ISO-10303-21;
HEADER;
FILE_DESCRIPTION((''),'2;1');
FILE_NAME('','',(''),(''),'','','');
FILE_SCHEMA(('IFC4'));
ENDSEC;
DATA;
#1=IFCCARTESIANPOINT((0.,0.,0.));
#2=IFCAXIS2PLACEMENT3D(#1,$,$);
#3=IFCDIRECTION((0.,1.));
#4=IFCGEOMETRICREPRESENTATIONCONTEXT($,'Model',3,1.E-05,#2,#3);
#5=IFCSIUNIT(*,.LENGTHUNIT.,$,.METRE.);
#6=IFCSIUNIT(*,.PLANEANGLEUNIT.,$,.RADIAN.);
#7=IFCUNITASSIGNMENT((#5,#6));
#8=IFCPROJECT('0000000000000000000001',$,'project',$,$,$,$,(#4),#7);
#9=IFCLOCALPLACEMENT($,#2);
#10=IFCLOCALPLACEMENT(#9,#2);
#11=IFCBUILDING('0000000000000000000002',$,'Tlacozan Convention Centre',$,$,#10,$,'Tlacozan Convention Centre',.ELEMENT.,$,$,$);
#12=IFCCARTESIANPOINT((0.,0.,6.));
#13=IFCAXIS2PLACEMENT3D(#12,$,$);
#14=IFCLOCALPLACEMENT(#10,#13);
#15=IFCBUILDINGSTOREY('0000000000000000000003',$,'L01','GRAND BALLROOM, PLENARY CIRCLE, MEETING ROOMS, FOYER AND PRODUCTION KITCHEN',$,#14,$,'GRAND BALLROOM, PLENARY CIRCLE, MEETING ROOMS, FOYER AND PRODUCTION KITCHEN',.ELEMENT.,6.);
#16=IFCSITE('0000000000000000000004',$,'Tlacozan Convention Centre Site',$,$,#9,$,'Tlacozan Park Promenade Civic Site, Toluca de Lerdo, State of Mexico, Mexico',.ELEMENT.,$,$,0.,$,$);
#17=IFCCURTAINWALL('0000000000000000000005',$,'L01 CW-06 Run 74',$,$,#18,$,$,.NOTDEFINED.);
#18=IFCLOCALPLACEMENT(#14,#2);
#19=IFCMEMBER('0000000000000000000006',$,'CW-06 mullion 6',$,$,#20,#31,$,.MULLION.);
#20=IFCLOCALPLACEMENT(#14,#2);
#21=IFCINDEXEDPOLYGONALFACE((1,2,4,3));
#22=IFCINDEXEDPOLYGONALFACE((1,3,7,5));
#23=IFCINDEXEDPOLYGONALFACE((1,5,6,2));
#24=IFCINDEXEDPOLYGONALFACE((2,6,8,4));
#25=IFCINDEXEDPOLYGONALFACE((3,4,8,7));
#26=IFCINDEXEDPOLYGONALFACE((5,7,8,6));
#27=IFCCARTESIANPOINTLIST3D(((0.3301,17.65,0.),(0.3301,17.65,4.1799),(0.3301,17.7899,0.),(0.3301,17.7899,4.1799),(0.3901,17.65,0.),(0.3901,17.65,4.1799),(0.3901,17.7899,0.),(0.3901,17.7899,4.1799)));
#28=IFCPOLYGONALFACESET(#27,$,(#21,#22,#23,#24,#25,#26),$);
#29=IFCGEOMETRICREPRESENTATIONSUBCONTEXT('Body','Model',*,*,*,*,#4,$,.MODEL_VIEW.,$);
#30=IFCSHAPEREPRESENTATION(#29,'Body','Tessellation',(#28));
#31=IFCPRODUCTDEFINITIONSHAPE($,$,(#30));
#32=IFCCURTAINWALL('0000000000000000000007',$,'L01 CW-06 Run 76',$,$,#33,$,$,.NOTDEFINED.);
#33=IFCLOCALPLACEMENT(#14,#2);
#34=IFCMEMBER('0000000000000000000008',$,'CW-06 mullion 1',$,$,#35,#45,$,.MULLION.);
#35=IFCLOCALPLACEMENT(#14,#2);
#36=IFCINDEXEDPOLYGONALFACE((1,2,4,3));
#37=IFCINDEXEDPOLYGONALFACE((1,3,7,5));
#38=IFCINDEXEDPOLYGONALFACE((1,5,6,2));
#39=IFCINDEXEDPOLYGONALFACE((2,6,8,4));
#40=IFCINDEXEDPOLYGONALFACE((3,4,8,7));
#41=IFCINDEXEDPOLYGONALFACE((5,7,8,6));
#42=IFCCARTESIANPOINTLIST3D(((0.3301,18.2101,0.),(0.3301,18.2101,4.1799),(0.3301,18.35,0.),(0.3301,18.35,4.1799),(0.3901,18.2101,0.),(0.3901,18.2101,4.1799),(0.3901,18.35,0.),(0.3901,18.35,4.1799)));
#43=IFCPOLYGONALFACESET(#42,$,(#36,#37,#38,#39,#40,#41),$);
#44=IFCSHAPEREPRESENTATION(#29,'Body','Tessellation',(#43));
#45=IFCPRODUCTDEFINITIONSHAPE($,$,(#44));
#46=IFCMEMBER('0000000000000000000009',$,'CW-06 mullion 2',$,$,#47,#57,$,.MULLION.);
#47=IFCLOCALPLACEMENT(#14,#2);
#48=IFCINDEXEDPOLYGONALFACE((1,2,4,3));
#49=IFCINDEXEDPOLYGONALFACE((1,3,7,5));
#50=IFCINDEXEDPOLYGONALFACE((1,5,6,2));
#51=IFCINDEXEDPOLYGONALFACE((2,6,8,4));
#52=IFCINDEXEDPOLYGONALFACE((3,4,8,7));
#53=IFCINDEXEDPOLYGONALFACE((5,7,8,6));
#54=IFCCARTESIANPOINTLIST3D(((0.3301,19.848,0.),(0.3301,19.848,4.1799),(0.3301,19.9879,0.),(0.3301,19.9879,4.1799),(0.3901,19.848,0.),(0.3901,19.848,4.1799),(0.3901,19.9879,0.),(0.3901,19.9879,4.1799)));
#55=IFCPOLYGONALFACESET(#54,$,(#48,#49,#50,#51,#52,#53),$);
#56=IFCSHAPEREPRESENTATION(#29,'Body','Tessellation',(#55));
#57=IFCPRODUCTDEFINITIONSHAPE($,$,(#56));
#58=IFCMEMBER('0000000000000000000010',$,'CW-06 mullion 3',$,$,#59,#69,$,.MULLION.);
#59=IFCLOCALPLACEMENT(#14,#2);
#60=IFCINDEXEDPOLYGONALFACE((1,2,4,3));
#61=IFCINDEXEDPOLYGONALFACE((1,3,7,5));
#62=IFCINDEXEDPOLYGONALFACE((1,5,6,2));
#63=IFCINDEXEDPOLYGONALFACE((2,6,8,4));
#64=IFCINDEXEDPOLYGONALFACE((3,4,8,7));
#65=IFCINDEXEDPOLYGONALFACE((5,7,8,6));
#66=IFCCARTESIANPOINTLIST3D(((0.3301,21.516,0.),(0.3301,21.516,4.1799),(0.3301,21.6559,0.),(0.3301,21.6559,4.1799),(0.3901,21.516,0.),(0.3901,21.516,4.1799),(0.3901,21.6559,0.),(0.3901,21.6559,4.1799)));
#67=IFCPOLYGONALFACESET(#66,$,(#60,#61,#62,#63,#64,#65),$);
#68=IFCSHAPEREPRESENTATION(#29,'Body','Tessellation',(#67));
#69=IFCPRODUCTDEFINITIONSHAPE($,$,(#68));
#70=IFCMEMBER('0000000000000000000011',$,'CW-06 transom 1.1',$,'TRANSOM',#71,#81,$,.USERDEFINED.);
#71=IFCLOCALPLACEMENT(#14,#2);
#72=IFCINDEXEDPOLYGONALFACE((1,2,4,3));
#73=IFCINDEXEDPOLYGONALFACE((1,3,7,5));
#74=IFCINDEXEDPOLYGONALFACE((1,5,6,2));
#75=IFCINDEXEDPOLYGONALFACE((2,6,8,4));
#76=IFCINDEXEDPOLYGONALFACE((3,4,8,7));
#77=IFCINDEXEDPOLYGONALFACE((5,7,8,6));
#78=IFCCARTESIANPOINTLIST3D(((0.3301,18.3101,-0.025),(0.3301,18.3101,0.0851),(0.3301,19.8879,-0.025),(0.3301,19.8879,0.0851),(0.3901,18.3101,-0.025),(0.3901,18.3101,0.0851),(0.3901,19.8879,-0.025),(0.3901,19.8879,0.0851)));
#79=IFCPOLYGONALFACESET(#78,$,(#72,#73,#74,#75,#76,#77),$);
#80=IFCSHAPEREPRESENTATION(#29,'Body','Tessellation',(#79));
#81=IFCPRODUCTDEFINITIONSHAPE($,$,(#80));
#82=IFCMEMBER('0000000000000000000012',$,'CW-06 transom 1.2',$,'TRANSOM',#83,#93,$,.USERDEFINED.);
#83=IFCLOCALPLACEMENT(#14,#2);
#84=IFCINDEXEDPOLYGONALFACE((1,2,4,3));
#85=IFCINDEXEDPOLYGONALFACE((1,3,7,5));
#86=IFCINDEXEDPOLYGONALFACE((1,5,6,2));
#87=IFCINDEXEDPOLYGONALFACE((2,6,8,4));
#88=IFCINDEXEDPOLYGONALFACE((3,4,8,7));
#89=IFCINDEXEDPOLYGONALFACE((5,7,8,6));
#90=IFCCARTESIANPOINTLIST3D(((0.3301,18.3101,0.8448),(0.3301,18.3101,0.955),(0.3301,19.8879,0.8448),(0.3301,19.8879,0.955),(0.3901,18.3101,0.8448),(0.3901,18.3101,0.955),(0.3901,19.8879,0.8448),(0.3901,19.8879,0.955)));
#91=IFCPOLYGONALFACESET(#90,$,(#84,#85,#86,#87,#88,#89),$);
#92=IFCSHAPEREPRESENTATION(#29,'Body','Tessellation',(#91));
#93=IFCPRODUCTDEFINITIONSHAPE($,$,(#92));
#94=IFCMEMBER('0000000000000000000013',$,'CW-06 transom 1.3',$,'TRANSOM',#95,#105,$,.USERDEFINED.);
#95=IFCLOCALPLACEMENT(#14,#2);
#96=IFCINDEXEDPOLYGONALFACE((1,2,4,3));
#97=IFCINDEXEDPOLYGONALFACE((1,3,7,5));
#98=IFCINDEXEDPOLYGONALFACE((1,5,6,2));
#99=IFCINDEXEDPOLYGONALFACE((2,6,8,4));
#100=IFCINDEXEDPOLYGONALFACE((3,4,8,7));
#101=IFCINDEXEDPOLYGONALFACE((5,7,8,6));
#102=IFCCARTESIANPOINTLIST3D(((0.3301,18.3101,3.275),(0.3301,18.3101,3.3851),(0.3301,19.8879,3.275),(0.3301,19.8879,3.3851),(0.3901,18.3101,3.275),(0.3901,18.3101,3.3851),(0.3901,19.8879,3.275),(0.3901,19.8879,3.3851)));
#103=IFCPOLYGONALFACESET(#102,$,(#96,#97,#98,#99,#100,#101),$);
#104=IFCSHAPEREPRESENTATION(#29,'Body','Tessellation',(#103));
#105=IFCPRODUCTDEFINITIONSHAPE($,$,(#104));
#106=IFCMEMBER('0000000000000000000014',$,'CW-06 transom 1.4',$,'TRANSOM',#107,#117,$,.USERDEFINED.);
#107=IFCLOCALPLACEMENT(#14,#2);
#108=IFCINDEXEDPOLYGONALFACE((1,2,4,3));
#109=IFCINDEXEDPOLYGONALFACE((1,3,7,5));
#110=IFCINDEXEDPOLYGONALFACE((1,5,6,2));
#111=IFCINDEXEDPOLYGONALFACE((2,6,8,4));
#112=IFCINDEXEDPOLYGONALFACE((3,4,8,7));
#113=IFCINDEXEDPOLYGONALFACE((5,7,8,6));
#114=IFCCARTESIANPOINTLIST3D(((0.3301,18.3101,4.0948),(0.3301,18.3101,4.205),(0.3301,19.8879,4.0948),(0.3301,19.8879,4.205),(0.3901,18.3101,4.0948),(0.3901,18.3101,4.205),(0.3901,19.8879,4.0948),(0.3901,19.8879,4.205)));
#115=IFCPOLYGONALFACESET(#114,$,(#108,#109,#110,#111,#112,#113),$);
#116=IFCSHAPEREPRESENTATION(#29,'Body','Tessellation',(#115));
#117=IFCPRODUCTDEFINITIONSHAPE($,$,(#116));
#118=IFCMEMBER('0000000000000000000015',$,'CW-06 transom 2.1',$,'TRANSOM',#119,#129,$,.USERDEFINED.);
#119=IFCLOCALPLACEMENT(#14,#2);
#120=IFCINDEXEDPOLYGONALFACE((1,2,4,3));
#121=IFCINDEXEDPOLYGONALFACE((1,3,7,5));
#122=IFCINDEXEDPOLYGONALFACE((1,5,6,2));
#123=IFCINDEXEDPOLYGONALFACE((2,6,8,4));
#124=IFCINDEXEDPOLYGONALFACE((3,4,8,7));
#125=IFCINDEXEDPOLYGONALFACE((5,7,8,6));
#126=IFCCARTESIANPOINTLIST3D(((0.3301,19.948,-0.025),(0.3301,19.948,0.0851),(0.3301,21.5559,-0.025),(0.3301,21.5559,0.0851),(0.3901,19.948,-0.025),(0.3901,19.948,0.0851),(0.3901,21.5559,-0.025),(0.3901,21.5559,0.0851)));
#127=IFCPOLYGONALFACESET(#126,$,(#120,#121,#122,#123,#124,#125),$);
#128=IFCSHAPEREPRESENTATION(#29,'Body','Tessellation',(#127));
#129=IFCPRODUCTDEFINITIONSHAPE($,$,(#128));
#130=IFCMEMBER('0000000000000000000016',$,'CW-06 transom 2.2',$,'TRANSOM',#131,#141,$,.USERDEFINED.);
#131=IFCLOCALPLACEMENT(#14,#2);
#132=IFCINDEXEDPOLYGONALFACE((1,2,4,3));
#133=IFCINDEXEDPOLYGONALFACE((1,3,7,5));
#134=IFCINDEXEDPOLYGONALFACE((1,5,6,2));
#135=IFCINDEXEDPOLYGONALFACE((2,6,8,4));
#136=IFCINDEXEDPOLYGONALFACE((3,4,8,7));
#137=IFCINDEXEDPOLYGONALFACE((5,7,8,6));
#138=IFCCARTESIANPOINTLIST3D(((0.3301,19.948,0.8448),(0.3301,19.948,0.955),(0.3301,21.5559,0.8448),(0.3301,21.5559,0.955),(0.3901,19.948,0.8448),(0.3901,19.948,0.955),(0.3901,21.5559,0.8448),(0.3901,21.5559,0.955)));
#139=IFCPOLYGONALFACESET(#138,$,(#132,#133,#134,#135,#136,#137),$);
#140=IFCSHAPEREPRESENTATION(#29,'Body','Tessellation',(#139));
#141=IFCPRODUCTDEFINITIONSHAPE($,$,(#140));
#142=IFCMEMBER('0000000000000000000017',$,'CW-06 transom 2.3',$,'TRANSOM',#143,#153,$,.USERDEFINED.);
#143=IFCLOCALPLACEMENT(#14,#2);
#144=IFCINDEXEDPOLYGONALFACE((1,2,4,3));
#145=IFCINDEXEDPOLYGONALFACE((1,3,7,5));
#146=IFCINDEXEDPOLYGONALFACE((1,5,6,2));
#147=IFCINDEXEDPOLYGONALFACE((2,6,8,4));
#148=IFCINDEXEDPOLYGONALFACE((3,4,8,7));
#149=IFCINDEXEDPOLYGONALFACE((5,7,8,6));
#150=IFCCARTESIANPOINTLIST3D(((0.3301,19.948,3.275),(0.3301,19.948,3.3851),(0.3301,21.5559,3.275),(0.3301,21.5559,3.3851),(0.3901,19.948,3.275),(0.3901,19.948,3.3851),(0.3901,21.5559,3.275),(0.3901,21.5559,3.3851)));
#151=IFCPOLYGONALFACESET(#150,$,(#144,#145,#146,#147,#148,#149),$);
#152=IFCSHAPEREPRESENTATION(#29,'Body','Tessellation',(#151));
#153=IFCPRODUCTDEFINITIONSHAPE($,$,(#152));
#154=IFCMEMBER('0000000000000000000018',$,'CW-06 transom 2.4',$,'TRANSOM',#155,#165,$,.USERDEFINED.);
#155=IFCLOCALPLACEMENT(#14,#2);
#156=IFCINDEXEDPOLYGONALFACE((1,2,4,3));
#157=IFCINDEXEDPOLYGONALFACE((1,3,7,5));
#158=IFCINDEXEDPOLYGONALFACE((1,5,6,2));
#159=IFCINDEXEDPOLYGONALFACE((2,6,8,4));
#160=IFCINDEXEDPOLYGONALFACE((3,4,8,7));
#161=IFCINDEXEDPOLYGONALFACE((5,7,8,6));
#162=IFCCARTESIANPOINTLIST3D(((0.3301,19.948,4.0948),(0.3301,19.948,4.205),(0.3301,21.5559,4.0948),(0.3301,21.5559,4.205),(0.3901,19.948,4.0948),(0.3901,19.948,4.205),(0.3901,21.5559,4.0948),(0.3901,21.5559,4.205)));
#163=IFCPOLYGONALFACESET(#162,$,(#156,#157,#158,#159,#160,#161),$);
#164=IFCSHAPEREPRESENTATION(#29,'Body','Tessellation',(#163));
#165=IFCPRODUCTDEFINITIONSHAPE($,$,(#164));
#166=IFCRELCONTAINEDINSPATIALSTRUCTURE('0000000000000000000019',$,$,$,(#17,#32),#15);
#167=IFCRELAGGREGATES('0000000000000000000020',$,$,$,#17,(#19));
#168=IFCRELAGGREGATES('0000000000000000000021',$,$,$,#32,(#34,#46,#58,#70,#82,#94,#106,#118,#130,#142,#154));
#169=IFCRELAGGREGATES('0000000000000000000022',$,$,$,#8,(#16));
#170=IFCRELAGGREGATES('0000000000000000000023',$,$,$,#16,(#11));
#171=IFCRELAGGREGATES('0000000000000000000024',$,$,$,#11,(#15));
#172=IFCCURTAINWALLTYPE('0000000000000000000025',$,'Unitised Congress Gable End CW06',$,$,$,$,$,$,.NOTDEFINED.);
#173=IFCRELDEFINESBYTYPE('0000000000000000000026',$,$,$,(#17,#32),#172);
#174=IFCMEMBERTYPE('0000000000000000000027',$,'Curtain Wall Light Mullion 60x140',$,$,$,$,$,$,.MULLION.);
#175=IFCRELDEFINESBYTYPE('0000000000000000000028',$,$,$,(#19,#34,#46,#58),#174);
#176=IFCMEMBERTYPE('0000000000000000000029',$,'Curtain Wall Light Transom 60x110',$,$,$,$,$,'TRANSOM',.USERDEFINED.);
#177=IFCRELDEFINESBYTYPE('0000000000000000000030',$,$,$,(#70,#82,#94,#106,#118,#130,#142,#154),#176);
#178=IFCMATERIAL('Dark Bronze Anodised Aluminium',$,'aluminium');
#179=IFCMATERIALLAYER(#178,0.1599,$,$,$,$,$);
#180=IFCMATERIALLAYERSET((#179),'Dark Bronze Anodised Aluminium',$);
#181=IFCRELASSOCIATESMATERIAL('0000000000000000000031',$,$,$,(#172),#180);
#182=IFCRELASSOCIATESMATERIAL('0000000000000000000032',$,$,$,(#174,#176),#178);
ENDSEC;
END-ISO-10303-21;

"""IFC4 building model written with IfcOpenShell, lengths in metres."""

from ifc_helpers import new_model, si_unit, direction, frame, origin, origin_2d, place, context, subcontext, project, spatial, rectangle, extrude, material, layer, layer_set, material_profile, profile_set, type_object, element, aggregate, save


model = new_model("IFC4")

# Units and contexts
model_context = context("Model", 3, precision=1e-05, world=origin(), true_north=direction((0.0, 1.0)))
body_context = subcontext(model_context, "Body", "Model", "MODEL_VIEW")
ifc_project = project(units=[si_unit("LENGTHUNIT", "METRE"), si_unit("PLANEANGLEUNIT", "RADIAN")], contexts=[model_context])

# Site, building, storey
site_placement = place(None, origin())
site = spatial("IfcSite", under=ifc_project, at=site_placement, Name="Tlacozan Convention Centre Site", LongName="Tlacozan Park Promenade Civic Site, Toluca de Lerdo, State of Mexico, Mexico", CompositionType="ELEMENT", RefElevation=0.0)
building_placement = place(site_placement, origin())
building = spatial("IfcBuilding", under=site, at=building_placement, Name="Tlacozan Convention Centre", LongName="Tlacozan Convention Centre", CompositionType="ELEMENT")
storey_placement = place(building_placement, frame((0.0, 0.0, 6.0)))
storey = spatial("IfcBuildingStorey", under=building, at=storey_placement, Name="L01", Description="GRAND BALLROOM, PLENARY CIRCLE, MEETING ROOMS, FOYER AND PRODUCTION KITCHEN", LongName="GRAND BALLROOM, PLENARY CIRCLE, MEETING ROOMS, FOYER AND PRODUCTION KITCHEN", CompositionType="ELEMENT", Elevation=6.0)

# Curtain wall, member
ifc_material_1 = material(Name="Dark Bronze Anodised Aluminium", Category="aluminium")
ifc_layer_1 = layer(ifc_material_1, 0.1599)
ifc_layer_set_1 = layer_set([ifc_layer_1], Name="Dark Bronze Anodised Aluminium")
curtain_wall_type = type_object("IfcCurtainWallType", Name="Unitised Congress Gable End CW06", PredefinedType="NOTDEFINED", material=ifc_layer_set_1)
curtain_wall_1_placement = place(storey_placement, origin())
curtain_wall_1 = element("IfcCurtainWall", 1, at=curtain_wall_1_placement, inside=storey, type_object=curtain_wall_type, Name="L01 CW-06 Run 74", PredefinedType="NOTDEFINED")
ifc_material_profile_1 = material_profile(ifc_material_1, rectangle(XDim=0.0601, YDim=0.1399, at=origin_2d()), Name="ALU 60x140")
ifc_profile_set_1 = profile_set([ifc_material_profile_1], Name="Dark Bronze Anodised Aluminium")
member_type_1 = type_object("IfcMemberType", Name="Curtain Wall Light Mullion 60x140", PredefinedType="MULLION", material=ifc_profile_set_1)
member_1_placement = place(storey_placement, frame((0.3601, 17.72, 0.0), z_axis=(0.0, 0.0, 1.0), x_axis=(-1.0, 0.0, 0.0)))
member_1 = element("IfcMember", 2, at=member_1_placement, type_object=member_type_1, Name="CW-06 mullion 6", PredefinedType="MULLION", context=body_context, shape_type="SweptSolid", body=[
    extrude(rectangle(XDim=0.0601, YDim=0.1399, at=origin_2d()), origin(), (0.0, 0.0, 1.0), 4.1799),
])

# Curtain wall, members
curtain_wall_2_placement = place(storey_placement, origin())
curtain_wall_2 = element("IfcCurtainWall", 3, at=curtain_wall_2_placement, inside=storey, type_object=curtain_wall_type, Name="L01 CW-06 Run 76", PredefinedType="NOTDEFINED")
member_2_placement = place(storey_placement, frame((0.3601, 18.28, 0.0), z_axis=(0.0, 0.0, 1.0), x_axis=(-1.0, 0.0, 0.0)))
member_2 = element("IfcMember", 4, at=member_2_placement, type_object=member_type_1, Name="CW-06 mullion 1", PredefinedType="MULLION", context=body_context, shape_type="SweptSolid", body=[
    extrude(rectangle(XDim=0.0601, YDim=0.1399, at=origin_2d()), origin(), (0.0, 0.0, 1.0), 4.1799),
])
member_3_placement = place(storey_placement, frame((0.3601, 19.918, 0.0), z_axis=(0.0, 0.0, 1.0), x_axis=(-1.0, 0.0, 0.0)))
member_3 = element("IfcMember", 5, at=member_3_placement, type_object=member_type_1, Name="CW-06 mullion 2", PredefinedType="MULLION", context=body_context, shape_type="SweptSolid", body=[
    extrude(rectangle(XDim=0.0601, YDim=0.1399, at=origin_2d()), origin(), (0.0, 0.0, 1.0), 4.1799),
])
member_4_placement = place(storey_placement, frame((0.3601, 21.5859, 0.0), z_axis=(0.0, 0.0, 1.0), x_axis=(-1.0, 0.0, 0.0)))
member_4 = element("IfcMember", 6, at=member_4_placement, type_object=member_type_1, Name="CW-06 mullion 3", PredefinedType="MULLION", context=body_context, shape_type="SweptSolid", body=[
    extrude(rectangle(XDim=0.0601, YDim=0.1399, at=origin_2d()), origin(), (0.0, 0.0, 1.0), 4.1799),
])
ifc_material_profile_2 = material_profile(ifc_material_1, rectangle(XDim=0.0601, YDim=0.1101, at=origin_2d()), Name="ALU 60x110")
ifc_profile_set_2 = profile_set([ifc_material_profile_2], Name="Dark Bronze Anodised Aluminium")
member_type_2 = type_object("IfcMemberType", Name="Curtain Wall Light Transom 60x110", ElementType="TRANSOM", PredefinedType="USERDEFINED", material=ifc_profile_set_2)
member_5_placement = place(storey_placement, frame((0.3601, 18.3101, 0.03), z_axis=(0.0, 1.0, 0.0), x_axis=(-1.0, 0.0, 0.0)))
member_5 = element("IfcMember", 7, at=member_5_placement, type_object=member_type_2, Name="CW-06 transom 1.1", ObjectType="TRANSOM", PredefinedType="USERDEFINED", context=body_context, shape_type="SweptSolid", body=[
    extrude(rectangle(XDim=0.0601, YDim=0.1101, at=origin_2d()), origin(), (0.0, 0.0, 1.0), 1.5779),
])
member_6_placement = place(storey_placement, frame((0.3601, 18.3101, 0.8999), z_axis=(0.0, 1.0, 0.0), x_axis=(-1.0, 0.0, 0.0)))
member_6 = element("IfcMember", 8, at=member_6_placement, type_object=member_type_2, Name="CW-06 transom 1.2", ObjectType="TRANSOM", PredefinedType="USERDEFINED", context=body_context, shape_type="SweptSolid", body=[
    extrude(rectangle(XDim=0.0601, YDim=0.1101, at=origin_2d()), origin(), (0.0, 0.0, 1.0), 1.5779),
])
member_7_placement = place(storey_placement, frame((0.3601, 18.3101, 3.3301), z_axis=(0.0, 1.0, 0.0), x_axis=(-1.0, 0.0, 0.0)))
member_7 = element("IfcMember", 9, at=member_7_placement, type_object=member_type_2, Name="CW-06 transom 1.3", ObjectType="TRANSOM", PredefinedType="USERDEFINED", context=body_context, shape_type="SweptSolid", body=[
    extrude(rectangle(XDim=0.0601, YDim=0.1101, at=origin_2d()), origin(), (0.0, 0.0, 1.0), 1.5779),
])
member_8_placement = place(storey_placement, frame((0.3601, 18.3101, 4.1499), z_axis=(0.0, 1.0, 0.0), x_axis=(-1.0, 0.0, 0.0)))
member_8 = element("IfcMember", 10, at=member_8_placement, type_object=member_type_2, Name="CW-06 transom 1.4", ObjectType="TRANSOM", PredefinedType="USERDEFINED", context=body_context, shape_type="SweptSolid", body=[
    extrude(rectangle(XDim=0.0601, YDim=0.1101, at=origin_2d()), origin(), (0.0, 0.0, 1.0), 1.5779),
])
member_9_placement = place(storey_placement, frame((0.3601, 19.948, 0.03), z_axis=(0.0, 1.0, 0.0), x_axis=(-1.0, 0.0, 0.0)))
member_9 = element("IfcMember", 11, at=member_9_placement, type_object=member_type_2, Name="CW-06 transom 2.1", ObjectType="TRANSOM", PredefinedType="USERDEFINED", context=body_context, shape_type="SweptSolid", body=[
    extrude(rectangle(XDim=0.0601, YDim=0.1101, at=origin_2d()), origin(), (0.0, 0.0, 1.0), 1.6079),
])
member_10_placement = place(storey_placement, frame((0.3601, 19.948, 0.8999), z_axis=(0.0, 1.0, 0.0), x_axis=(-1.0, 0.0, 0.0)))
member_10 = element("IfcMember", 12, at=member_10_placement, type_object=member_type_2, Name="CW-06 transom 2.2", ObjectType="TRANSOM", PredefinedType="USERDEFINED", context=body_context, shape_type="SweptSolid", body=[
    extrude(rectangle(XDim=0.0601, YDim=0.1101, at=origin_2d()), origin(), (0.0, 0.0, 1.0), 1.6079),
])
member_11_placement = place(storey_placement, frame((0.3601, 19.948, 3.3301), z_axis=(0.0, 1.0, 0.0), x_axis=(-1.0, 0.0, 0.0)))
member_11 = element("IfcMember", 13, at=member_11_placement, type_object=member_type_2, Name="CW-06 transom 2.3", ObjectType="TRANSOM", PredefinedType="USERDEFINED", context=body_context, shape_type="SweptSolid", body=[
    extrude(rectangle(XDim=0.0601, YDim=0.1101, at=origin_2d()), origin(), (0.0, 0.0, 1.0), 1.6079),
])
member_12_placement = place(storey_placement, frame((0.3601, 19.948, 4.1499), z_axis=(0.0, 1.0, 0.0), x_axis=(-1.0, 0.0, 0.0)))
member_12 = element("IfcMember", 14, at=member_12_placement, type_object=member_type_2, Name="CW-06 transom 2.4", ObjectType="TRANSOM", PredefinedType="USERDEFINED", context=body_context, shape_type="SweptSolid", body=[
    extrude(rectangle(XDim=0.0601, YDim=0.1101, at=origin_2d()), origin(), (0.0, 0.0, 1.0), 1.6079),
])

aggregate(curtain_wall_1, [member_1])
aggregate(curtain_wall_2, [member_2, member_3, member_4, member_5, member_6, member_7, member_8, member_9, member_10, member_11, member_12])

save(model, "model.ifc")
